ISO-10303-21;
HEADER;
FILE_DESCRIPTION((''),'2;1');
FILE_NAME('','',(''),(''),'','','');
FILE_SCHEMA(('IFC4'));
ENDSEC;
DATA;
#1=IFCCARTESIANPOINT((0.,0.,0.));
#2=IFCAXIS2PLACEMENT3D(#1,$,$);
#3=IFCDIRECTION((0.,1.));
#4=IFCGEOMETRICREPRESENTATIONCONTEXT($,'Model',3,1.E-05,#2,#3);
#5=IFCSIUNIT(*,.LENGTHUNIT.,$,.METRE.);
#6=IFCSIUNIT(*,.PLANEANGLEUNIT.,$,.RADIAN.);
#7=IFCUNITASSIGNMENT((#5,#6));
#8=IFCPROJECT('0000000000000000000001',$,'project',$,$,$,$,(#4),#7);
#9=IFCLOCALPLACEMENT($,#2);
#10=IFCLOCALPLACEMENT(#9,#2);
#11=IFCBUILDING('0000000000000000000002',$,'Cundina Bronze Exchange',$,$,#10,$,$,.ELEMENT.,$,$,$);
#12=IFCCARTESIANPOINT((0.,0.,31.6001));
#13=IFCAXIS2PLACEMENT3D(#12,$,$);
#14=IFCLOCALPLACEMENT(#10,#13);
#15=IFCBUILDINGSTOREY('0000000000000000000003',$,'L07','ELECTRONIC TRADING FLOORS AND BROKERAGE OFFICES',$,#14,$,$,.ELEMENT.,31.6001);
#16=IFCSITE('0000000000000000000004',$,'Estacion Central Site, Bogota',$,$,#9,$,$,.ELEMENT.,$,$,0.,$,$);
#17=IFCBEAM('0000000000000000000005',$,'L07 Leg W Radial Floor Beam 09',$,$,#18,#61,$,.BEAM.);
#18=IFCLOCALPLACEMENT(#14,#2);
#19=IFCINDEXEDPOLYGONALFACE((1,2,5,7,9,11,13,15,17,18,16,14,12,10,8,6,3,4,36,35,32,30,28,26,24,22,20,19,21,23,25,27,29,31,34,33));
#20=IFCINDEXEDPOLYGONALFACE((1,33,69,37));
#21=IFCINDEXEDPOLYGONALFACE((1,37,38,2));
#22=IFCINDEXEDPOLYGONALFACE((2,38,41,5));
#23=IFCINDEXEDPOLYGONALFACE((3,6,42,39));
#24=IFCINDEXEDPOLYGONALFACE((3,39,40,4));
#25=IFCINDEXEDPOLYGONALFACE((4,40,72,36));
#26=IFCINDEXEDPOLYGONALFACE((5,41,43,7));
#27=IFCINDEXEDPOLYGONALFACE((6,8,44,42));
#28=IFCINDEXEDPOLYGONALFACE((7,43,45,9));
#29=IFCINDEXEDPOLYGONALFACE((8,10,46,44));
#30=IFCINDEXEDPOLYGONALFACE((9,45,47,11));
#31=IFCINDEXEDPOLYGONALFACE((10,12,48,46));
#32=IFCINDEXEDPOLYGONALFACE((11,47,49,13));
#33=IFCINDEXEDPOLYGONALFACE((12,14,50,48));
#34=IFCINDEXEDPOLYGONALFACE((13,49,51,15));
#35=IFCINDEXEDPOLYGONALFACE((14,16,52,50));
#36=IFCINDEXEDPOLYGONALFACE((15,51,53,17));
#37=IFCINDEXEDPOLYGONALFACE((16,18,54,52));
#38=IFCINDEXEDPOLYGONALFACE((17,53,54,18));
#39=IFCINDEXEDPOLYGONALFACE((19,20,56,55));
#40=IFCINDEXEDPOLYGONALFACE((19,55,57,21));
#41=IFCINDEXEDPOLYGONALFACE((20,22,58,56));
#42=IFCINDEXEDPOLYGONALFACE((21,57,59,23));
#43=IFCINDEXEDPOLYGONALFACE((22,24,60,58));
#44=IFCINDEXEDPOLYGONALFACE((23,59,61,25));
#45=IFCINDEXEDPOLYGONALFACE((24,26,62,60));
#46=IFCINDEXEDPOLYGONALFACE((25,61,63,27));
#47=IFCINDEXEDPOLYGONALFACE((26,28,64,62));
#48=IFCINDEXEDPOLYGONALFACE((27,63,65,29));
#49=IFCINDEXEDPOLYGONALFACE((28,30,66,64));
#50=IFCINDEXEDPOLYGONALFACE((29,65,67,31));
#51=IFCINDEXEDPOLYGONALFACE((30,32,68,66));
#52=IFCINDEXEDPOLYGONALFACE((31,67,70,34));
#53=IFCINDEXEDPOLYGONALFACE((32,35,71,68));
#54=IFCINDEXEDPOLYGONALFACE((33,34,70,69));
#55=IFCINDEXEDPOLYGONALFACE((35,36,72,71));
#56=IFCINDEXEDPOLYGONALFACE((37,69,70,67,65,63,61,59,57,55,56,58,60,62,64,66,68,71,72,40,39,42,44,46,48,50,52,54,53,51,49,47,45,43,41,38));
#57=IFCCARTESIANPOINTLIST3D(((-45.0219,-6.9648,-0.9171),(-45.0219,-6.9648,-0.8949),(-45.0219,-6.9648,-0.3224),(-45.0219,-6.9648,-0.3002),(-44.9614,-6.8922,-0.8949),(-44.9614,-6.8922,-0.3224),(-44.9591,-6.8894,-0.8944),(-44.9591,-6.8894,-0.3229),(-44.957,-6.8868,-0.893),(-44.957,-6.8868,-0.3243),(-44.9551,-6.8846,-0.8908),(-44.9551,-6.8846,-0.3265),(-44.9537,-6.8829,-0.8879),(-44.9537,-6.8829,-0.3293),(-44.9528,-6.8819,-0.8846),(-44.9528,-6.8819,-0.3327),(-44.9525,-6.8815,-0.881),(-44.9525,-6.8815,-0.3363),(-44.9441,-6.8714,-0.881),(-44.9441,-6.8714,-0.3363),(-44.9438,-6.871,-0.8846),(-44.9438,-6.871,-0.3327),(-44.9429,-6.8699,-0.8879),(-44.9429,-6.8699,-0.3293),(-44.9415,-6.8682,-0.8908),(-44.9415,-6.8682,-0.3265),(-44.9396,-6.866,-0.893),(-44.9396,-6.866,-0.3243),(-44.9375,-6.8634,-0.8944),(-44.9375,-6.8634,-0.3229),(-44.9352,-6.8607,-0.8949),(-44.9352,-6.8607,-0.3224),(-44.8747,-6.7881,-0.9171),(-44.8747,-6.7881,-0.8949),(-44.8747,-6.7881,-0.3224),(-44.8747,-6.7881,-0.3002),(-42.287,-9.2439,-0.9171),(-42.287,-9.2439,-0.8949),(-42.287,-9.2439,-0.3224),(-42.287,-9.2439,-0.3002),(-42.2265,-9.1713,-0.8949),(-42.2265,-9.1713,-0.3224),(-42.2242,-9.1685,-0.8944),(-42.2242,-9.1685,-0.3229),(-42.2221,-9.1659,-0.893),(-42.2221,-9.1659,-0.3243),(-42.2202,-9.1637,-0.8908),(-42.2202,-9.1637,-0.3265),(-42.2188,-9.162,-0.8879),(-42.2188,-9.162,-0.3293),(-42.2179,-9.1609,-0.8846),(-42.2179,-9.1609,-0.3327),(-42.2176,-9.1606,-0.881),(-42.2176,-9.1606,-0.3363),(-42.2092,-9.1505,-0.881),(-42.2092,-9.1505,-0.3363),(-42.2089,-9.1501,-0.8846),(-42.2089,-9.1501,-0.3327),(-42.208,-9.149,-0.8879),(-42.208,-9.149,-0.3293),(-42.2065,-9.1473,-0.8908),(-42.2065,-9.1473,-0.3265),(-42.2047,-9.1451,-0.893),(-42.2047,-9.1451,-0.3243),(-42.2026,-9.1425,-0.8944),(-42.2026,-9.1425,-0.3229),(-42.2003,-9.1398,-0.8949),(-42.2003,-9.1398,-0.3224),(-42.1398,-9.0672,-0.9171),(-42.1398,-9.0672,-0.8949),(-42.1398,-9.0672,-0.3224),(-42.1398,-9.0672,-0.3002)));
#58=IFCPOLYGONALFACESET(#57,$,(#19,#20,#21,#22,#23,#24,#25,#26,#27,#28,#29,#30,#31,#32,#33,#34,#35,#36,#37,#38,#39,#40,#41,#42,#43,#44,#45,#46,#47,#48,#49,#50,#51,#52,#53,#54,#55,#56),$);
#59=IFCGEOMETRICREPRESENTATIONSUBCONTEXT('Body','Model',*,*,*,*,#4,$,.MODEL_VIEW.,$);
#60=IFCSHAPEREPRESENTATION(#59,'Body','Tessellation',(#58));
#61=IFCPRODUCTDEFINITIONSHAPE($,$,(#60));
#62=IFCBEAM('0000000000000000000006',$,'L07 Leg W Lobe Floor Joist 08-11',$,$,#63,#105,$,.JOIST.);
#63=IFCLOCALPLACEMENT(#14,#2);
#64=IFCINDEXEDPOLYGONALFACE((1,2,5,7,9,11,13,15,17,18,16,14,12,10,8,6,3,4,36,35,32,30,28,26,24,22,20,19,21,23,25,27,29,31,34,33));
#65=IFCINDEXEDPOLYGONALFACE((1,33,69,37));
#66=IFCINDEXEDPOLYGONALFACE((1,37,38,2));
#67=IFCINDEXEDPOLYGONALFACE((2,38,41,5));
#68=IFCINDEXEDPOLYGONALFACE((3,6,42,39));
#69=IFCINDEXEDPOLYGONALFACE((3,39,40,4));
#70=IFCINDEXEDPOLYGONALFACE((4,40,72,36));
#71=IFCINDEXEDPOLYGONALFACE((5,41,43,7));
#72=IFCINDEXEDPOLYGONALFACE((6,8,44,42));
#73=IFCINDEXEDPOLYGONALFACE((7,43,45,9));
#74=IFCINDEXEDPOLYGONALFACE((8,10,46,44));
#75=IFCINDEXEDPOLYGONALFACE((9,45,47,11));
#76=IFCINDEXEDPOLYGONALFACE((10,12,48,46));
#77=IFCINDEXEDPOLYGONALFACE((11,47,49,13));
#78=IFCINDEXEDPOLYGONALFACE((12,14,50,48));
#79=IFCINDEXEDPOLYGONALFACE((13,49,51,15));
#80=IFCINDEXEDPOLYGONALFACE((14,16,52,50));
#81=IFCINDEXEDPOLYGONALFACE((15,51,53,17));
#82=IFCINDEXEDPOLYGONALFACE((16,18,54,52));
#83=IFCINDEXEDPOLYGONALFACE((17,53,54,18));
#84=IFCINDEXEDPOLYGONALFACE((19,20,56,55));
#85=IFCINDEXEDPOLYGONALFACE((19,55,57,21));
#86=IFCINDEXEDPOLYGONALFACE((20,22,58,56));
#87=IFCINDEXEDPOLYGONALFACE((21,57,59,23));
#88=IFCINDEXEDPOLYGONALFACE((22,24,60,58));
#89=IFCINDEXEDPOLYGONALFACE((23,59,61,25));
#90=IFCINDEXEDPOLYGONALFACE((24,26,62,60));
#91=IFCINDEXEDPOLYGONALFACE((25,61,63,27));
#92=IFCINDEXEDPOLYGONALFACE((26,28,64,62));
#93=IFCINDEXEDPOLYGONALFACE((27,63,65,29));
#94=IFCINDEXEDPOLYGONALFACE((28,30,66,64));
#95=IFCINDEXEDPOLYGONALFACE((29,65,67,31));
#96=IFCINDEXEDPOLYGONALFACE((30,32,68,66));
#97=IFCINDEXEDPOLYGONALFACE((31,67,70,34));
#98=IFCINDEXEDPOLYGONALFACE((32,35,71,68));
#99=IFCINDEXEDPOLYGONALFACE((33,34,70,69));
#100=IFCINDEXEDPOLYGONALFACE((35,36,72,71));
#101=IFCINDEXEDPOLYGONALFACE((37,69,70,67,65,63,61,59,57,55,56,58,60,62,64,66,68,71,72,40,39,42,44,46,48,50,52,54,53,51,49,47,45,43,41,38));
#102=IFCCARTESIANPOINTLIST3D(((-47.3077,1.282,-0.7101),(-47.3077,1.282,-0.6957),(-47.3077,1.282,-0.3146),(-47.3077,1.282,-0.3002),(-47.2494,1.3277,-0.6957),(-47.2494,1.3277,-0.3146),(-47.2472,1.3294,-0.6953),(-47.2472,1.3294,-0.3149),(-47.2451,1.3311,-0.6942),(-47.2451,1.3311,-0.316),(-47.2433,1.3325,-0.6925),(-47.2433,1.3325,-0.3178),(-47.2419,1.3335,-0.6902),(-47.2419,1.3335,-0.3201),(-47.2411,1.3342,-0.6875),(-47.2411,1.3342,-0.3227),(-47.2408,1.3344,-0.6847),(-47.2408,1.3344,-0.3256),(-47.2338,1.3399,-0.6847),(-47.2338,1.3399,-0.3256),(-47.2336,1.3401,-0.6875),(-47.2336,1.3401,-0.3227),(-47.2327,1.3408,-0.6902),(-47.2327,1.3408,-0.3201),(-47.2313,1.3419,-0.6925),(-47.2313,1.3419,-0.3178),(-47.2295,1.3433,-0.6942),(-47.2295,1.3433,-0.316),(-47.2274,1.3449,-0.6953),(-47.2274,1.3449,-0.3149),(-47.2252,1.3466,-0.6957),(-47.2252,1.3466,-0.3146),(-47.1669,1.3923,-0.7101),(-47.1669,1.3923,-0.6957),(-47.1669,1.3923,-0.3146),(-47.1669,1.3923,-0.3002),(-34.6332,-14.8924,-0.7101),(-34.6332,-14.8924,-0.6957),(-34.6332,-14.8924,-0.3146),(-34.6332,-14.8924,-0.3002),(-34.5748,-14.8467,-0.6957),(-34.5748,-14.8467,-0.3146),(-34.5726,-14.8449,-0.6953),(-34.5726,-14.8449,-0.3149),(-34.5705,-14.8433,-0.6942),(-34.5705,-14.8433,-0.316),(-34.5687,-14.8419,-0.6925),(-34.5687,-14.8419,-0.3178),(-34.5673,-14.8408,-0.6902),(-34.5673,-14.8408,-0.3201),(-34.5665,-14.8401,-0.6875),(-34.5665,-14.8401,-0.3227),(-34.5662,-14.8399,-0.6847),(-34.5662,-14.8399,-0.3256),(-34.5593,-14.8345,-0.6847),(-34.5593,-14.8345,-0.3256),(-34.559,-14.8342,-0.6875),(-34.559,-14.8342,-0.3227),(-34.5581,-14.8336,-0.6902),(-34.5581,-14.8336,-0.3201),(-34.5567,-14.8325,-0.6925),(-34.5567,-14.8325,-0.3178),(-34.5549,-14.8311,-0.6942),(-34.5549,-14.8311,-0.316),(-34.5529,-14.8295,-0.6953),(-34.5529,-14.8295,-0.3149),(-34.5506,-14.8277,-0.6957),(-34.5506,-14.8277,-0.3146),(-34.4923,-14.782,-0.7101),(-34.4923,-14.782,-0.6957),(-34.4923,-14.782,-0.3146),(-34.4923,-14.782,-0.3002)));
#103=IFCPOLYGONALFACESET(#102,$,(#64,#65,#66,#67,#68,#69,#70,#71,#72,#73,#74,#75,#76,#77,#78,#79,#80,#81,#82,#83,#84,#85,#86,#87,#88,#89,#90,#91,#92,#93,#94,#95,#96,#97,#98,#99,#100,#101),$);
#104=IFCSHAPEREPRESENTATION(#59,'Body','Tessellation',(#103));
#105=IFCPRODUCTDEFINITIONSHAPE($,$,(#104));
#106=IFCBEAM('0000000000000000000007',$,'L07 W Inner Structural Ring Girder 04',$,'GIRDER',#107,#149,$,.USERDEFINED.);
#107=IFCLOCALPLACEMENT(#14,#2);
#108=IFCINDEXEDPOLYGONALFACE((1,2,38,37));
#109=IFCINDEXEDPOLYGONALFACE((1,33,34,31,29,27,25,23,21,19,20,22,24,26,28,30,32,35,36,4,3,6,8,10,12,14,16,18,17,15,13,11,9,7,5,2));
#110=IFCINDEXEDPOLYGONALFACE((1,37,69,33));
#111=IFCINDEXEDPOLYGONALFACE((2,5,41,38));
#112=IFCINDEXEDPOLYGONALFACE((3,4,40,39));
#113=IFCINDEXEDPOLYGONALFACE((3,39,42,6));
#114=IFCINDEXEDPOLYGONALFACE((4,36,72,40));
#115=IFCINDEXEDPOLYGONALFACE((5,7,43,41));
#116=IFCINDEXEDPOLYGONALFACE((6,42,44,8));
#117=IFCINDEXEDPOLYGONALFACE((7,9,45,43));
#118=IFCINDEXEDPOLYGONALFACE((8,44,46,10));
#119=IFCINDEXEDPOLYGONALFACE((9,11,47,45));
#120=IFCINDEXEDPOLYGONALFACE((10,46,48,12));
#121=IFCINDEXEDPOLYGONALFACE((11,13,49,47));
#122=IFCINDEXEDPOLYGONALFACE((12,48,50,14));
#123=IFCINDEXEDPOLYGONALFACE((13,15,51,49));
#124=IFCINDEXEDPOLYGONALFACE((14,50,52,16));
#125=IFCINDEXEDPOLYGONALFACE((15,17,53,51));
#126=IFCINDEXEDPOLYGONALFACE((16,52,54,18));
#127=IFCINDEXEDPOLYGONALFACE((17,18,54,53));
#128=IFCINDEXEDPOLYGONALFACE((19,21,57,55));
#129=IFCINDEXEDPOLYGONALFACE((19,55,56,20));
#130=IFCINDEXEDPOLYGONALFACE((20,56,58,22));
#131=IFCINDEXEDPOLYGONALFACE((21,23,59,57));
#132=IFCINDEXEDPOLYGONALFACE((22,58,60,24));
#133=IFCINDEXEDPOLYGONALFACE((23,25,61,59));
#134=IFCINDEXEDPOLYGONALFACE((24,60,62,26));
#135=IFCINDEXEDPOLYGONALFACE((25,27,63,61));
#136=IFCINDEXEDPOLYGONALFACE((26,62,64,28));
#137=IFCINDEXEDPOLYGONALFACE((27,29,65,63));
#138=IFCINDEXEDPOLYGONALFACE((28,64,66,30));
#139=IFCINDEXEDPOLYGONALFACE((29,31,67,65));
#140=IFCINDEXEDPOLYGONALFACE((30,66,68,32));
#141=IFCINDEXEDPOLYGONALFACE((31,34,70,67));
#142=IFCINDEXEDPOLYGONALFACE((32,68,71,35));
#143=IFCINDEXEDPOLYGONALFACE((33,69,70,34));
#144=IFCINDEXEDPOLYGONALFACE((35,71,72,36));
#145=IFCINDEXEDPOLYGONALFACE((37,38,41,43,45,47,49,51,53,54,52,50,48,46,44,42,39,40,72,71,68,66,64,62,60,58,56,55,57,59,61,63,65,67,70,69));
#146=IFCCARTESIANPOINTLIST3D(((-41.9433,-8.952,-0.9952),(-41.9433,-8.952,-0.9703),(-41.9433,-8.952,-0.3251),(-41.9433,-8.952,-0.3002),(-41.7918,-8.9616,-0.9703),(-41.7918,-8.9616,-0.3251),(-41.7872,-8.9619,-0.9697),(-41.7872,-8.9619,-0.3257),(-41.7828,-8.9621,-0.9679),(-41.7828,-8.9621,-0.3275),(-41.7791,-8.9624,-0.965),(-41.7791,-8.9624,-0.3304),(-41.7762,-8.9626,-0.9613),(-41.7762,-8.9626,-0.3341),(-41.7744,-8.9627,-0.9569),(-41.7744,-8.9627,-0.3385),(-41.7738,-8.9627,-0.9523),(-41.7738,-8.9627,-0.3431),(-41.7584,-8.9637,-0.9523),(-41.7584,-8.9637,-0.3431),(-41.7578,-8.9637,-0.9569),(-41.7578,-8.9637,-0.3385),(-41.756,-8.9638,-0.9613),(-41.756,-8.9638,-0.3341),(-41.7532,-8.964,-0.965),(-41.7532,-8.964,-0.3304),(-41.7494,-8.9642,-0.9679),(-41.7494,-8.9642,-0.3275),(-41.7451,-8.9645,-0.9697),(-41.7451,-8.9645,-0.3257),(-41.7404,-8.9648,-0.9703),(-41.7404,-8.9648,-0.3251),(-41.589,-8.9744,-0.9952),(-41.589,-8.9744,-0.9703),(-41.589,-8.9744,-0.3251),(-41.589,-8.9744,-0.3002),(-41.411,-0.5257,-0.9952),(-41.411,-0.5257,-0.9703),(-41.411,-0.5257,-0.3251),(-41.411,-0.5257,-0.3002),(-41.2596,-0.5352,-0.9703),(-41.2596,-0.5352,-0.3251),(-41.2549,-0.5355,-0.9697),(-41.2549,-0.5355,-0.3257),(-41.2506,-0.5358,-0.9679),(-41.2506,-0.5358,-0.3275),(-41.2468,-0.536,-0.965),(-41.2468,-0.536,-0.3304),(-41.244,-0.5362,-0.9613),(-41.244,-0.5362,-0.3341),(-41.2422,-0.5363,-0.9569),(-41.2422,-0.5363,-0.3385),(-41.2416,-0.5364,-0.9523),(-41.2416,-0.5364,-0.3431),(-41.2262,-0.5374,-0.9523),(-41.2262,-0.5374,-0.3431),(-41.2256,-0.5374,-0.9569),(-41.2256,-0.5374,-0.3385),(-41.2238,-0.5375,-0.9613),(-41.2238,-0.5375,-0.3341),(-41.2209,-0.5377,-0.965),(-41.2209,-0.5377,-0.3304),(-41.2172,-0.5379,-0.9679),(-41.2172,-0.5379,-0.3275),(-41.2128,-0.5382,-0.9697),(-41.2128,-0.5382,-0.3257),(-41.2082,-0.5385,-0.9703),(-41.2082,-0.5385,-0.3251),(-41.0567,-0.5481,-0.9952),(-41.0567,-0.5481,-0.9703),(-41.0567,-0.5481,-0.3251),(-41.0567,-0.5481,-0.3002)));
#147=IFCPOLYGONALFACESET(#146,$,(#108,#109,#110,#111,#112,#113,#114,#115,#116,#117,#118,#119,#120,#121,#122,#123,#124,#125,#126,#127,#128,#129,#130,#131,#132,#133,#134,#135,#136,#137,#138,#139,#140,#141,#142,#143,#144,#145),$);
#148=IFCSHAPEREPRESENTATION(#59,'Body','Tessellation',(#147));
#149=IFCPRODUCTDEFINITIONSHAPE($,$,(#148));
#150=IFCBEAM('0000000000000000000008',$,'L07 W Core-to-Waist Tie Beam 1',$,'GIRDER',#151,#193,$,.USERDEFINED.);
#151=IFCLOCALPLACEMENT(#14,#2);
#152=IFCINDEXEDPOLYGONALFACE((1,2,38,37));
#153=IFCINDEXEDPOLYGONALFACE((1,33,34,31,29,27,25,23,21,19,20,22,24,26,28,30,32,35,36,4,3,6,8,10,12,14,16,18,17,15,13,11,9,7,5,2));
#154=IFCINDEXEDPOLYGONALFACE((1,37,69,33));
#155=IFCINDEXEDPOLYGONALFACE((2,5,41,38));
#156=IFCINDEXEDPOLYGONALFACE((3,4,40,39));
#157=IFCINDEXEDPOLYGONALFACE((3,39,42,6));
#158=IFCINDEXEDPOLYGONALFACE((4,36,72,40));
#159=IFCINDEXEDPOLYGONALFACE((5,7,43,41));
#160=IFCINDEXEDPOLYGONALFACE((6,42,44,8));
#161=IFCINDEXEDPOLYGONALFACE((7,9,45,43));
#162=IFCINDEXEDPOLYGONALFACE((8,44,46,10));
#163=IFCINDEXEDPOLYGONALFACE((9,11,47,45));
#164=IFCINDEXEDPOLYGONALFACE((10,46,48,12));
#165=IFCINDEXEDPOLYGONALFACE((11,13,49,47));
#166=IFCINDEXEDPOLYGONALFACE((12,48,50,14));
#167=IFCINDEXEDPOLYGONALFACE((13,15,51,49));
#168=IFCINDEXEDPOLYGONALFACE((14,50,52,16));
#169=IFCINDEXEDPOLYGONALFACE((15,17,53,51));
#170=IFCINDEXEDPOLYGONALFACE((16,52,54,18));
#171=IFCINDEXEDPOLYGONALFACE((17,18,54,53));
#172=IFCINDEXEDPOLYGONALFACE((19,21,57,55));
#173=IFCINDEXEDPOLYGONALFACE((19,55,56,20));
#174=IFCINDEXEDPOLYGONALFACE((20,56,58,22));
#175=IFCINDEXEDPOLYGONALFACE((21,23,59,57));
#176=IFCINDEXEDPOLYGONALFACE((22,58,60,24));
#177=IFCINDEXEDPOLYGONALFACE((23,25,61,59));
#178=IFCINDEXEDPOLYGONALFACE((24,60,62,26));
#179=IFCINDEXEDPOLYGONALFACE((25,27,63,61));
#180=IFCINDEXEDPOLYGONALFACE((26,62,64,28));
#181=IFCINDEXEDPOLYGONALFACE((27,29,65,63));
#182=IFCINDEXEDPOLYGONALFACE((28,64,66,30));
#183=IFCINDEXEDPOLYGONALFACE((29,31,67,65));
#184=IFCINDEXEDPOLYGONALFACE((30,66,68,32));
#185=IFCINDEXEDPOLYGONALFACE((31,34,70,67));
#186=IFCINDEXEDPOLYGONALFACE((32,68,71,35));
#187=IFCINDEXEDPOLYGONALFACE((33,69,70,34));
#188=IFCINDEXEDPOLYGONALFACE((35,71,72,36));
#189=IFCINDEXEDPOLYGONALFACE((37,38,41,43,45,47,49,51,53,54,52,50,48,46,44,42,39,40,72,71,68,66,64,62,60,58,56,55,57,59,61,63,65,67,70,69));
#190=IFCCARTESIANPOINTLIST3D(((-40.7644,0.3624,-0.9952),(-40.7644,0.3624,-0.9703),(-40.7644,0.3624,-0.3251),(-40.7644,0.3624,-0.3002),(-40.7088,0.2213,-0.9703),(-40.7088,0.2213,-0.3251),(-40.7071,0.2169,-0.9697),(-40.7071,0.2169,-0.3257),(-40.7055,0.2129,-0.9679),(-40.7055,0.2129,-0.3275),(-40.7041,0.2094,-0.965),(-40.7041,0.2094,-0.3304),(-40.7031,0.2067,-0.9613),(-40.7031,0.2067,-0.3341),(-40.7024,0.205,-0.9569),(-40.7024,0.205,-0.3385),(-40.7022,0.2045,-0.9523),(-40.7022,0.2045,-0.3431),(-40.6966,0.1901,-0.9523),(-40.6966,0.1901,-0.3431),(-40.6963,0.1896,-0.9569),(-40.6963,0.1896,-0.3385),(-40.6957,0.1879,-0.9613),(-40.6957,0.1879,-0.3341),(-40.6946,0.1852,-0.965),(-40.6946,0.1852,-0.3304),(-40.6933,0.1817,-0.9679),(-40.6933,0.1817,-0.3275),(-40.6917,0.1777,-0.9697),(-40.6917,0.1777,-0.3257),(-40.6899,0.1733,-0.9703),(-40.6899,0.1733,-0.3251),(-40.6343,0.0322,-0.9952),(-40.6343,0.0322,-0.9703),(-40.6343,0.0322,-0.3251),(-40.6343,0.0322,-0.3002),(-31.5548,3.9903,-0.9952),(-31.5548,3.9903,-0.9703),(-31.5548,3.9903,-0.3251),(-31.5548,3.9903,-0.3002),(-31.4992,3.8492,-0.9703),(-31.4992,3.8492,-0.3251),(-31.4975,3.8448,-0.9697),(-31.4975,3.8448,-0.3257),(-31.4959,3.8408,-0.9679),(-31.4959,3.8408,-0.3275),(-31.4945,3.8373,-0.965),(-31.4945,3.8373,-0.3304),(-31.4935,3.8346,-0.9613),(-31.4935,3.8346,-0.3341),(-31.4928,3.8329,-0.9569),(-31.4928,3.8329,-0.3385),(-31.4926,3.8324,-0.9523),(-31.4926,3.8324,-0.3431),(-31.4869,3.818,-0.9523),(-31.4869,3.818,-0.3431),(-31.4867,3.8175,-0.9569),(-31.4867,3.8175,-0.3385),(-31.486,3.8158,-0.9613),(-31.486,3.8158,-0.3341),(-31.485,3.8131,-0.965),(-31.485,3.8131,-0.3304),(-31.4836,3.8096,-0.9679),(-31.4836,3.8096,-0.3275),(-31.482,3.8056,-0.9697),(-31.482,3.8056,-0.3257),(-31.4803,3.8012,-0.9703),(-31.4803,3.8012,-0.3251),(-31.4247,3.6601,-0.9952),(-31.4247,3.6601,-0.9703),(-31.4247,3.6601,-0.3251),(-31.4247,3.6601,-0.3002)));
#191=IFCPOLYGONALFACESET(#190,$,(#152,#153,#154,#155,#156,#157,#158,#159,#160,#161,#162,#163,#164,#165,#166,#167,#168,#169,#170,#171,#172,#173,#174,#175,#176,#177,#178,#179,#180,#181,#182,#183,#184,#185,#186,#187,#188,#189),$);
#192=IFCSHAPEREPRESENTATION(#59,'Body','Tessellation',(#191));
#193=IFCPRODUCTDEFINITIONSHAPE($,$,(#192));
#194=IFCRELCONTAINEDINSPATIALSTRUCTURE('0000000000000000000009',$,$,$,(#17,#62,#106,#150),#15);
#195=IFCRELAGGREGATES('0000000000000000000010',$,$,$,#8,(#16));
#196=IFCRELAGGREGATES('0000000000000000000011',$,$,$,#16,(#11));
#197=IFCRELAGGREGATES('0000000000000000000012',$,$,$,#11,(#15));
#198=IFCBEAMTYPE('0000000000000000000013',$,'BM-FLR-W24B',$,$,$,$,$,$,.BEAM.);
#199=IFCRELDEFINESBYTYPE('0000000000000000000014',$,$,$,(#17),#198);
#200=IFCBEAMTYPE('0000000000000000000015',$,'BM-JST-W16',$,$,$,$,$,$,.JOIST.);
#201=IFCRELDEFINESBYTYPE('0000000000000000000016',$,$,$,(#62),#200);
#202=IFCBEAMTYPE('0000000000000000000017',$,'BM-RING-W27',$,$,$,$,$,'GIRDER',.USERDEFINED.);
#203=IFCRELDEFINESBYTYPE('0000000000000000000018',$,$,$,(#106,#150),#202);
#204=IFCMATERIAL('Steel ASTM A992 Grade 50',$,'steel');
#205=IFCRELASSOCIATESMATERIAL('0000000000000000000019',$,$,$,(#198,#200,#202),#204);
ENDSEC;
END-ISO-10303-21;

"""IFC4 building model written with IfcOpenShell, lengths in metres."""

from ifc_helpers import new_model, si_unit, direction, frame, origin, origin_2d, place, context, subcontext, project, spatial, i_section, extrude, material, material_profile, profile_set, type_object, element, save


model = new_model("IFC4")

# Units and contexts
model_context = context("Model", 3, precision=1e-05, world=origin(), true_north=direction((0.0, 1.0)))
body_context = subcontext(model_context, "Body", "Model", "MODEL_VIEW")
ifc_project = project(units=[si_unit("LENGTHUNIT", "METRE"), si_unit("PLANEANGLEUNIT", "RADIAN")], contexts=[model_context])

# Site, building, storey
site_placement = place(None, origin())
site = spatial("IfcSite", under=ifc_project, at=site_placement, Name="Estacion Central Site, Bogota", CompositionType="ELEMENT", RefElevation=0.0)
building_placement = place(site_placement, origin())
building = spatial("IfcBuilding", under=site, at=building_placement, Name="Cundina Bronze Exchange", CompositionType="ELEMENT")
storey_placement = place(building_placement, frame((0.0, 0.0, 31.6001)))
storey = spatial("IfcBuildingStorey", under=building, at=storey_placement, Name="L07", Description="ELECTRONIC TRADING FLOORS AND BROKERAGE OFFICES", CompositionType="ELEMENT", Elevation=31.6001)

# Shared definitions
ifc_material_1 = material(Name="Steel ASTM A992 Grade 50", Category="steel")

# Beams
ifc_material_profile_1 = material_profile(ifc_material_1, i_section(OverallWidth=0.23, OverallDepth=0.6169, WebThickness=0.0132, FlangeThickness=0.0222, FilletRadius=0.0139, at=origin_2d()), Name="W24X94", Category="steel")
ifc_profile_set_1 = profile_set([ifc_material_profile_1], Name="Steel ASTM A992 Grade 50")
beam_type_1 = type_object("IfcBeamType", Name="BM-FLR-W24B", PredefinedType="BEAM", material=ifc_profile_set_1)
beam_1_placement = place(storey_placement, frame((-42.2134, -9.1555, -0.6086), z_axis=(-0.768221, 0.640184, 0.0), x_axis=(-0.640184, -0.768221, 0.0)))
element("IfcBeam", 1, at=beam_1_placement, inside=storey, type_object=beam_type_1, Name="L07 Leg W Radial Floor Beam 09", PredefinedType="BEAM", context=body_context, shape_type="SweptSolid", body=[
    extrude(i_section(OverallWidth=0.23, OverallDepth=0.6169, WebThickness=0.0132, FlangeThickness=0.0222, FilletRadius=0.0139, at=origin_2d()), origin(), (0.0, 0.0, 1.0), 3.5601),
])
ifc_material_profile_2 = material_profile(ifc_material_1, i_section(OverallWidth=0.179, OverallDepth=0.4099, WebThickness=0.0088, FlangeThickness=0.0144, FilletRadius=0.011, at=origin_2d()), Name="W16X45", Category="steel")
ifc_profile_set_2 = profile_set([ifc_material_profile_2], Name="Steel ASTM A992 Grade 50")
beam_type_2 = type_object("IfcBeamType", Name="BM-JST-W16", PredefinedType="JOIST", material=ifc_profile_set_2)
beam_2_placement = place(storey_placement, frame((-47.2373, 1.3372, -0.5051), z_axis=(0.616803, -0.787117, 0.0), x_axis=(0.787117, 0.616803, 0.0)))
element("IfcBeam", 2, at=beam_2_placement, inside=storey, type_object=beam_type_2, Name="L07 Leg W Lobe Floor Joist 08-11", PredefinedType="JOIST", context=body_context, shape_type="SweptSolid", body=[
    extrude(i_section(OverallWidth=0.179, OverallDepth=0.4099, WebThickness=0.0088, FlangeThickness=0.0144, FilletRadius=0.011, at=origin_2d()), origin(), (0.0, 0.0, 1.0), 20.5488),
])
ifc_material_profile_3 = material_profile(ifc_material_1, i_section(OverallWidth=0.355, OverallDepth=0.6951, WebThickness=0.0154, FlangeThickness=0.0249, FilletRadius=0.0181, at=origin_2d()), Name="W27X146", Category="steel")
ifc_profile_set_3 = profile_set([ifc_material_profile_3], Name="Steel ASTM A992 Grade 50")
beam_type_3 = type_object("IfcBeamType", Name="BM-RING-W27", ElementType="GIRDER", PredefinedType="USERDEFINED", material=ifc_profile_set_3)
beam_3_placement = place(storey_placement, frame((-41.2339, -0.5369, -0.6477), z_axis=(-0.063037, -0.998011, 0.0), x_axis=(0.998011, -0.063037, 0.0)))
element("IfcBeam", 3, at=beam_3_placement, inside=storey, type_object=beam_type_3, Name="L07 W Inner Structural Ring Girder 04", ObjectType="GIRDER", PredefinedType="USERDEFINED", context=body_context, shape_type="SweptSolid", body=[
    extrude(i_section(OverallWidth=0.355, OverallDepth=0.6951, WebThickness=0.0154, FlangeThickness=0.0249, FilletRadius=0.0181, at=origin_2d()), origin(), (0.0, 0.0, 1.0), 8.4431),
])
beam_4_placement = place(storey_placement, frame((-31.4897, 3.8252, -0.6477), z_axis=(-0.930413, -0.366512, 0.0), x_axis=(0.366512, -0.930413, 0.0)))
element("IfcBeam", 4, at=beam_4_placement, inside=storey, type_object=beam_type_3, Name="L07 W Core-to-Waist Tie Beam 1", ObjectType="GIRDER", PredefinedType="USERDEFINED", context=body_context, shape_type="SweptSolid", body=[
    extrude(i_section(OverallWidth=0.355, OverallDepth=0.6951, WebThickness=0.0154, FlangeThickness=0.0249, FilletRadius=0.0181, at=origin_2d()), origin(), (0.0, 0.0, 1.0), 9.8984),
])

save(model, "model.ifc")
